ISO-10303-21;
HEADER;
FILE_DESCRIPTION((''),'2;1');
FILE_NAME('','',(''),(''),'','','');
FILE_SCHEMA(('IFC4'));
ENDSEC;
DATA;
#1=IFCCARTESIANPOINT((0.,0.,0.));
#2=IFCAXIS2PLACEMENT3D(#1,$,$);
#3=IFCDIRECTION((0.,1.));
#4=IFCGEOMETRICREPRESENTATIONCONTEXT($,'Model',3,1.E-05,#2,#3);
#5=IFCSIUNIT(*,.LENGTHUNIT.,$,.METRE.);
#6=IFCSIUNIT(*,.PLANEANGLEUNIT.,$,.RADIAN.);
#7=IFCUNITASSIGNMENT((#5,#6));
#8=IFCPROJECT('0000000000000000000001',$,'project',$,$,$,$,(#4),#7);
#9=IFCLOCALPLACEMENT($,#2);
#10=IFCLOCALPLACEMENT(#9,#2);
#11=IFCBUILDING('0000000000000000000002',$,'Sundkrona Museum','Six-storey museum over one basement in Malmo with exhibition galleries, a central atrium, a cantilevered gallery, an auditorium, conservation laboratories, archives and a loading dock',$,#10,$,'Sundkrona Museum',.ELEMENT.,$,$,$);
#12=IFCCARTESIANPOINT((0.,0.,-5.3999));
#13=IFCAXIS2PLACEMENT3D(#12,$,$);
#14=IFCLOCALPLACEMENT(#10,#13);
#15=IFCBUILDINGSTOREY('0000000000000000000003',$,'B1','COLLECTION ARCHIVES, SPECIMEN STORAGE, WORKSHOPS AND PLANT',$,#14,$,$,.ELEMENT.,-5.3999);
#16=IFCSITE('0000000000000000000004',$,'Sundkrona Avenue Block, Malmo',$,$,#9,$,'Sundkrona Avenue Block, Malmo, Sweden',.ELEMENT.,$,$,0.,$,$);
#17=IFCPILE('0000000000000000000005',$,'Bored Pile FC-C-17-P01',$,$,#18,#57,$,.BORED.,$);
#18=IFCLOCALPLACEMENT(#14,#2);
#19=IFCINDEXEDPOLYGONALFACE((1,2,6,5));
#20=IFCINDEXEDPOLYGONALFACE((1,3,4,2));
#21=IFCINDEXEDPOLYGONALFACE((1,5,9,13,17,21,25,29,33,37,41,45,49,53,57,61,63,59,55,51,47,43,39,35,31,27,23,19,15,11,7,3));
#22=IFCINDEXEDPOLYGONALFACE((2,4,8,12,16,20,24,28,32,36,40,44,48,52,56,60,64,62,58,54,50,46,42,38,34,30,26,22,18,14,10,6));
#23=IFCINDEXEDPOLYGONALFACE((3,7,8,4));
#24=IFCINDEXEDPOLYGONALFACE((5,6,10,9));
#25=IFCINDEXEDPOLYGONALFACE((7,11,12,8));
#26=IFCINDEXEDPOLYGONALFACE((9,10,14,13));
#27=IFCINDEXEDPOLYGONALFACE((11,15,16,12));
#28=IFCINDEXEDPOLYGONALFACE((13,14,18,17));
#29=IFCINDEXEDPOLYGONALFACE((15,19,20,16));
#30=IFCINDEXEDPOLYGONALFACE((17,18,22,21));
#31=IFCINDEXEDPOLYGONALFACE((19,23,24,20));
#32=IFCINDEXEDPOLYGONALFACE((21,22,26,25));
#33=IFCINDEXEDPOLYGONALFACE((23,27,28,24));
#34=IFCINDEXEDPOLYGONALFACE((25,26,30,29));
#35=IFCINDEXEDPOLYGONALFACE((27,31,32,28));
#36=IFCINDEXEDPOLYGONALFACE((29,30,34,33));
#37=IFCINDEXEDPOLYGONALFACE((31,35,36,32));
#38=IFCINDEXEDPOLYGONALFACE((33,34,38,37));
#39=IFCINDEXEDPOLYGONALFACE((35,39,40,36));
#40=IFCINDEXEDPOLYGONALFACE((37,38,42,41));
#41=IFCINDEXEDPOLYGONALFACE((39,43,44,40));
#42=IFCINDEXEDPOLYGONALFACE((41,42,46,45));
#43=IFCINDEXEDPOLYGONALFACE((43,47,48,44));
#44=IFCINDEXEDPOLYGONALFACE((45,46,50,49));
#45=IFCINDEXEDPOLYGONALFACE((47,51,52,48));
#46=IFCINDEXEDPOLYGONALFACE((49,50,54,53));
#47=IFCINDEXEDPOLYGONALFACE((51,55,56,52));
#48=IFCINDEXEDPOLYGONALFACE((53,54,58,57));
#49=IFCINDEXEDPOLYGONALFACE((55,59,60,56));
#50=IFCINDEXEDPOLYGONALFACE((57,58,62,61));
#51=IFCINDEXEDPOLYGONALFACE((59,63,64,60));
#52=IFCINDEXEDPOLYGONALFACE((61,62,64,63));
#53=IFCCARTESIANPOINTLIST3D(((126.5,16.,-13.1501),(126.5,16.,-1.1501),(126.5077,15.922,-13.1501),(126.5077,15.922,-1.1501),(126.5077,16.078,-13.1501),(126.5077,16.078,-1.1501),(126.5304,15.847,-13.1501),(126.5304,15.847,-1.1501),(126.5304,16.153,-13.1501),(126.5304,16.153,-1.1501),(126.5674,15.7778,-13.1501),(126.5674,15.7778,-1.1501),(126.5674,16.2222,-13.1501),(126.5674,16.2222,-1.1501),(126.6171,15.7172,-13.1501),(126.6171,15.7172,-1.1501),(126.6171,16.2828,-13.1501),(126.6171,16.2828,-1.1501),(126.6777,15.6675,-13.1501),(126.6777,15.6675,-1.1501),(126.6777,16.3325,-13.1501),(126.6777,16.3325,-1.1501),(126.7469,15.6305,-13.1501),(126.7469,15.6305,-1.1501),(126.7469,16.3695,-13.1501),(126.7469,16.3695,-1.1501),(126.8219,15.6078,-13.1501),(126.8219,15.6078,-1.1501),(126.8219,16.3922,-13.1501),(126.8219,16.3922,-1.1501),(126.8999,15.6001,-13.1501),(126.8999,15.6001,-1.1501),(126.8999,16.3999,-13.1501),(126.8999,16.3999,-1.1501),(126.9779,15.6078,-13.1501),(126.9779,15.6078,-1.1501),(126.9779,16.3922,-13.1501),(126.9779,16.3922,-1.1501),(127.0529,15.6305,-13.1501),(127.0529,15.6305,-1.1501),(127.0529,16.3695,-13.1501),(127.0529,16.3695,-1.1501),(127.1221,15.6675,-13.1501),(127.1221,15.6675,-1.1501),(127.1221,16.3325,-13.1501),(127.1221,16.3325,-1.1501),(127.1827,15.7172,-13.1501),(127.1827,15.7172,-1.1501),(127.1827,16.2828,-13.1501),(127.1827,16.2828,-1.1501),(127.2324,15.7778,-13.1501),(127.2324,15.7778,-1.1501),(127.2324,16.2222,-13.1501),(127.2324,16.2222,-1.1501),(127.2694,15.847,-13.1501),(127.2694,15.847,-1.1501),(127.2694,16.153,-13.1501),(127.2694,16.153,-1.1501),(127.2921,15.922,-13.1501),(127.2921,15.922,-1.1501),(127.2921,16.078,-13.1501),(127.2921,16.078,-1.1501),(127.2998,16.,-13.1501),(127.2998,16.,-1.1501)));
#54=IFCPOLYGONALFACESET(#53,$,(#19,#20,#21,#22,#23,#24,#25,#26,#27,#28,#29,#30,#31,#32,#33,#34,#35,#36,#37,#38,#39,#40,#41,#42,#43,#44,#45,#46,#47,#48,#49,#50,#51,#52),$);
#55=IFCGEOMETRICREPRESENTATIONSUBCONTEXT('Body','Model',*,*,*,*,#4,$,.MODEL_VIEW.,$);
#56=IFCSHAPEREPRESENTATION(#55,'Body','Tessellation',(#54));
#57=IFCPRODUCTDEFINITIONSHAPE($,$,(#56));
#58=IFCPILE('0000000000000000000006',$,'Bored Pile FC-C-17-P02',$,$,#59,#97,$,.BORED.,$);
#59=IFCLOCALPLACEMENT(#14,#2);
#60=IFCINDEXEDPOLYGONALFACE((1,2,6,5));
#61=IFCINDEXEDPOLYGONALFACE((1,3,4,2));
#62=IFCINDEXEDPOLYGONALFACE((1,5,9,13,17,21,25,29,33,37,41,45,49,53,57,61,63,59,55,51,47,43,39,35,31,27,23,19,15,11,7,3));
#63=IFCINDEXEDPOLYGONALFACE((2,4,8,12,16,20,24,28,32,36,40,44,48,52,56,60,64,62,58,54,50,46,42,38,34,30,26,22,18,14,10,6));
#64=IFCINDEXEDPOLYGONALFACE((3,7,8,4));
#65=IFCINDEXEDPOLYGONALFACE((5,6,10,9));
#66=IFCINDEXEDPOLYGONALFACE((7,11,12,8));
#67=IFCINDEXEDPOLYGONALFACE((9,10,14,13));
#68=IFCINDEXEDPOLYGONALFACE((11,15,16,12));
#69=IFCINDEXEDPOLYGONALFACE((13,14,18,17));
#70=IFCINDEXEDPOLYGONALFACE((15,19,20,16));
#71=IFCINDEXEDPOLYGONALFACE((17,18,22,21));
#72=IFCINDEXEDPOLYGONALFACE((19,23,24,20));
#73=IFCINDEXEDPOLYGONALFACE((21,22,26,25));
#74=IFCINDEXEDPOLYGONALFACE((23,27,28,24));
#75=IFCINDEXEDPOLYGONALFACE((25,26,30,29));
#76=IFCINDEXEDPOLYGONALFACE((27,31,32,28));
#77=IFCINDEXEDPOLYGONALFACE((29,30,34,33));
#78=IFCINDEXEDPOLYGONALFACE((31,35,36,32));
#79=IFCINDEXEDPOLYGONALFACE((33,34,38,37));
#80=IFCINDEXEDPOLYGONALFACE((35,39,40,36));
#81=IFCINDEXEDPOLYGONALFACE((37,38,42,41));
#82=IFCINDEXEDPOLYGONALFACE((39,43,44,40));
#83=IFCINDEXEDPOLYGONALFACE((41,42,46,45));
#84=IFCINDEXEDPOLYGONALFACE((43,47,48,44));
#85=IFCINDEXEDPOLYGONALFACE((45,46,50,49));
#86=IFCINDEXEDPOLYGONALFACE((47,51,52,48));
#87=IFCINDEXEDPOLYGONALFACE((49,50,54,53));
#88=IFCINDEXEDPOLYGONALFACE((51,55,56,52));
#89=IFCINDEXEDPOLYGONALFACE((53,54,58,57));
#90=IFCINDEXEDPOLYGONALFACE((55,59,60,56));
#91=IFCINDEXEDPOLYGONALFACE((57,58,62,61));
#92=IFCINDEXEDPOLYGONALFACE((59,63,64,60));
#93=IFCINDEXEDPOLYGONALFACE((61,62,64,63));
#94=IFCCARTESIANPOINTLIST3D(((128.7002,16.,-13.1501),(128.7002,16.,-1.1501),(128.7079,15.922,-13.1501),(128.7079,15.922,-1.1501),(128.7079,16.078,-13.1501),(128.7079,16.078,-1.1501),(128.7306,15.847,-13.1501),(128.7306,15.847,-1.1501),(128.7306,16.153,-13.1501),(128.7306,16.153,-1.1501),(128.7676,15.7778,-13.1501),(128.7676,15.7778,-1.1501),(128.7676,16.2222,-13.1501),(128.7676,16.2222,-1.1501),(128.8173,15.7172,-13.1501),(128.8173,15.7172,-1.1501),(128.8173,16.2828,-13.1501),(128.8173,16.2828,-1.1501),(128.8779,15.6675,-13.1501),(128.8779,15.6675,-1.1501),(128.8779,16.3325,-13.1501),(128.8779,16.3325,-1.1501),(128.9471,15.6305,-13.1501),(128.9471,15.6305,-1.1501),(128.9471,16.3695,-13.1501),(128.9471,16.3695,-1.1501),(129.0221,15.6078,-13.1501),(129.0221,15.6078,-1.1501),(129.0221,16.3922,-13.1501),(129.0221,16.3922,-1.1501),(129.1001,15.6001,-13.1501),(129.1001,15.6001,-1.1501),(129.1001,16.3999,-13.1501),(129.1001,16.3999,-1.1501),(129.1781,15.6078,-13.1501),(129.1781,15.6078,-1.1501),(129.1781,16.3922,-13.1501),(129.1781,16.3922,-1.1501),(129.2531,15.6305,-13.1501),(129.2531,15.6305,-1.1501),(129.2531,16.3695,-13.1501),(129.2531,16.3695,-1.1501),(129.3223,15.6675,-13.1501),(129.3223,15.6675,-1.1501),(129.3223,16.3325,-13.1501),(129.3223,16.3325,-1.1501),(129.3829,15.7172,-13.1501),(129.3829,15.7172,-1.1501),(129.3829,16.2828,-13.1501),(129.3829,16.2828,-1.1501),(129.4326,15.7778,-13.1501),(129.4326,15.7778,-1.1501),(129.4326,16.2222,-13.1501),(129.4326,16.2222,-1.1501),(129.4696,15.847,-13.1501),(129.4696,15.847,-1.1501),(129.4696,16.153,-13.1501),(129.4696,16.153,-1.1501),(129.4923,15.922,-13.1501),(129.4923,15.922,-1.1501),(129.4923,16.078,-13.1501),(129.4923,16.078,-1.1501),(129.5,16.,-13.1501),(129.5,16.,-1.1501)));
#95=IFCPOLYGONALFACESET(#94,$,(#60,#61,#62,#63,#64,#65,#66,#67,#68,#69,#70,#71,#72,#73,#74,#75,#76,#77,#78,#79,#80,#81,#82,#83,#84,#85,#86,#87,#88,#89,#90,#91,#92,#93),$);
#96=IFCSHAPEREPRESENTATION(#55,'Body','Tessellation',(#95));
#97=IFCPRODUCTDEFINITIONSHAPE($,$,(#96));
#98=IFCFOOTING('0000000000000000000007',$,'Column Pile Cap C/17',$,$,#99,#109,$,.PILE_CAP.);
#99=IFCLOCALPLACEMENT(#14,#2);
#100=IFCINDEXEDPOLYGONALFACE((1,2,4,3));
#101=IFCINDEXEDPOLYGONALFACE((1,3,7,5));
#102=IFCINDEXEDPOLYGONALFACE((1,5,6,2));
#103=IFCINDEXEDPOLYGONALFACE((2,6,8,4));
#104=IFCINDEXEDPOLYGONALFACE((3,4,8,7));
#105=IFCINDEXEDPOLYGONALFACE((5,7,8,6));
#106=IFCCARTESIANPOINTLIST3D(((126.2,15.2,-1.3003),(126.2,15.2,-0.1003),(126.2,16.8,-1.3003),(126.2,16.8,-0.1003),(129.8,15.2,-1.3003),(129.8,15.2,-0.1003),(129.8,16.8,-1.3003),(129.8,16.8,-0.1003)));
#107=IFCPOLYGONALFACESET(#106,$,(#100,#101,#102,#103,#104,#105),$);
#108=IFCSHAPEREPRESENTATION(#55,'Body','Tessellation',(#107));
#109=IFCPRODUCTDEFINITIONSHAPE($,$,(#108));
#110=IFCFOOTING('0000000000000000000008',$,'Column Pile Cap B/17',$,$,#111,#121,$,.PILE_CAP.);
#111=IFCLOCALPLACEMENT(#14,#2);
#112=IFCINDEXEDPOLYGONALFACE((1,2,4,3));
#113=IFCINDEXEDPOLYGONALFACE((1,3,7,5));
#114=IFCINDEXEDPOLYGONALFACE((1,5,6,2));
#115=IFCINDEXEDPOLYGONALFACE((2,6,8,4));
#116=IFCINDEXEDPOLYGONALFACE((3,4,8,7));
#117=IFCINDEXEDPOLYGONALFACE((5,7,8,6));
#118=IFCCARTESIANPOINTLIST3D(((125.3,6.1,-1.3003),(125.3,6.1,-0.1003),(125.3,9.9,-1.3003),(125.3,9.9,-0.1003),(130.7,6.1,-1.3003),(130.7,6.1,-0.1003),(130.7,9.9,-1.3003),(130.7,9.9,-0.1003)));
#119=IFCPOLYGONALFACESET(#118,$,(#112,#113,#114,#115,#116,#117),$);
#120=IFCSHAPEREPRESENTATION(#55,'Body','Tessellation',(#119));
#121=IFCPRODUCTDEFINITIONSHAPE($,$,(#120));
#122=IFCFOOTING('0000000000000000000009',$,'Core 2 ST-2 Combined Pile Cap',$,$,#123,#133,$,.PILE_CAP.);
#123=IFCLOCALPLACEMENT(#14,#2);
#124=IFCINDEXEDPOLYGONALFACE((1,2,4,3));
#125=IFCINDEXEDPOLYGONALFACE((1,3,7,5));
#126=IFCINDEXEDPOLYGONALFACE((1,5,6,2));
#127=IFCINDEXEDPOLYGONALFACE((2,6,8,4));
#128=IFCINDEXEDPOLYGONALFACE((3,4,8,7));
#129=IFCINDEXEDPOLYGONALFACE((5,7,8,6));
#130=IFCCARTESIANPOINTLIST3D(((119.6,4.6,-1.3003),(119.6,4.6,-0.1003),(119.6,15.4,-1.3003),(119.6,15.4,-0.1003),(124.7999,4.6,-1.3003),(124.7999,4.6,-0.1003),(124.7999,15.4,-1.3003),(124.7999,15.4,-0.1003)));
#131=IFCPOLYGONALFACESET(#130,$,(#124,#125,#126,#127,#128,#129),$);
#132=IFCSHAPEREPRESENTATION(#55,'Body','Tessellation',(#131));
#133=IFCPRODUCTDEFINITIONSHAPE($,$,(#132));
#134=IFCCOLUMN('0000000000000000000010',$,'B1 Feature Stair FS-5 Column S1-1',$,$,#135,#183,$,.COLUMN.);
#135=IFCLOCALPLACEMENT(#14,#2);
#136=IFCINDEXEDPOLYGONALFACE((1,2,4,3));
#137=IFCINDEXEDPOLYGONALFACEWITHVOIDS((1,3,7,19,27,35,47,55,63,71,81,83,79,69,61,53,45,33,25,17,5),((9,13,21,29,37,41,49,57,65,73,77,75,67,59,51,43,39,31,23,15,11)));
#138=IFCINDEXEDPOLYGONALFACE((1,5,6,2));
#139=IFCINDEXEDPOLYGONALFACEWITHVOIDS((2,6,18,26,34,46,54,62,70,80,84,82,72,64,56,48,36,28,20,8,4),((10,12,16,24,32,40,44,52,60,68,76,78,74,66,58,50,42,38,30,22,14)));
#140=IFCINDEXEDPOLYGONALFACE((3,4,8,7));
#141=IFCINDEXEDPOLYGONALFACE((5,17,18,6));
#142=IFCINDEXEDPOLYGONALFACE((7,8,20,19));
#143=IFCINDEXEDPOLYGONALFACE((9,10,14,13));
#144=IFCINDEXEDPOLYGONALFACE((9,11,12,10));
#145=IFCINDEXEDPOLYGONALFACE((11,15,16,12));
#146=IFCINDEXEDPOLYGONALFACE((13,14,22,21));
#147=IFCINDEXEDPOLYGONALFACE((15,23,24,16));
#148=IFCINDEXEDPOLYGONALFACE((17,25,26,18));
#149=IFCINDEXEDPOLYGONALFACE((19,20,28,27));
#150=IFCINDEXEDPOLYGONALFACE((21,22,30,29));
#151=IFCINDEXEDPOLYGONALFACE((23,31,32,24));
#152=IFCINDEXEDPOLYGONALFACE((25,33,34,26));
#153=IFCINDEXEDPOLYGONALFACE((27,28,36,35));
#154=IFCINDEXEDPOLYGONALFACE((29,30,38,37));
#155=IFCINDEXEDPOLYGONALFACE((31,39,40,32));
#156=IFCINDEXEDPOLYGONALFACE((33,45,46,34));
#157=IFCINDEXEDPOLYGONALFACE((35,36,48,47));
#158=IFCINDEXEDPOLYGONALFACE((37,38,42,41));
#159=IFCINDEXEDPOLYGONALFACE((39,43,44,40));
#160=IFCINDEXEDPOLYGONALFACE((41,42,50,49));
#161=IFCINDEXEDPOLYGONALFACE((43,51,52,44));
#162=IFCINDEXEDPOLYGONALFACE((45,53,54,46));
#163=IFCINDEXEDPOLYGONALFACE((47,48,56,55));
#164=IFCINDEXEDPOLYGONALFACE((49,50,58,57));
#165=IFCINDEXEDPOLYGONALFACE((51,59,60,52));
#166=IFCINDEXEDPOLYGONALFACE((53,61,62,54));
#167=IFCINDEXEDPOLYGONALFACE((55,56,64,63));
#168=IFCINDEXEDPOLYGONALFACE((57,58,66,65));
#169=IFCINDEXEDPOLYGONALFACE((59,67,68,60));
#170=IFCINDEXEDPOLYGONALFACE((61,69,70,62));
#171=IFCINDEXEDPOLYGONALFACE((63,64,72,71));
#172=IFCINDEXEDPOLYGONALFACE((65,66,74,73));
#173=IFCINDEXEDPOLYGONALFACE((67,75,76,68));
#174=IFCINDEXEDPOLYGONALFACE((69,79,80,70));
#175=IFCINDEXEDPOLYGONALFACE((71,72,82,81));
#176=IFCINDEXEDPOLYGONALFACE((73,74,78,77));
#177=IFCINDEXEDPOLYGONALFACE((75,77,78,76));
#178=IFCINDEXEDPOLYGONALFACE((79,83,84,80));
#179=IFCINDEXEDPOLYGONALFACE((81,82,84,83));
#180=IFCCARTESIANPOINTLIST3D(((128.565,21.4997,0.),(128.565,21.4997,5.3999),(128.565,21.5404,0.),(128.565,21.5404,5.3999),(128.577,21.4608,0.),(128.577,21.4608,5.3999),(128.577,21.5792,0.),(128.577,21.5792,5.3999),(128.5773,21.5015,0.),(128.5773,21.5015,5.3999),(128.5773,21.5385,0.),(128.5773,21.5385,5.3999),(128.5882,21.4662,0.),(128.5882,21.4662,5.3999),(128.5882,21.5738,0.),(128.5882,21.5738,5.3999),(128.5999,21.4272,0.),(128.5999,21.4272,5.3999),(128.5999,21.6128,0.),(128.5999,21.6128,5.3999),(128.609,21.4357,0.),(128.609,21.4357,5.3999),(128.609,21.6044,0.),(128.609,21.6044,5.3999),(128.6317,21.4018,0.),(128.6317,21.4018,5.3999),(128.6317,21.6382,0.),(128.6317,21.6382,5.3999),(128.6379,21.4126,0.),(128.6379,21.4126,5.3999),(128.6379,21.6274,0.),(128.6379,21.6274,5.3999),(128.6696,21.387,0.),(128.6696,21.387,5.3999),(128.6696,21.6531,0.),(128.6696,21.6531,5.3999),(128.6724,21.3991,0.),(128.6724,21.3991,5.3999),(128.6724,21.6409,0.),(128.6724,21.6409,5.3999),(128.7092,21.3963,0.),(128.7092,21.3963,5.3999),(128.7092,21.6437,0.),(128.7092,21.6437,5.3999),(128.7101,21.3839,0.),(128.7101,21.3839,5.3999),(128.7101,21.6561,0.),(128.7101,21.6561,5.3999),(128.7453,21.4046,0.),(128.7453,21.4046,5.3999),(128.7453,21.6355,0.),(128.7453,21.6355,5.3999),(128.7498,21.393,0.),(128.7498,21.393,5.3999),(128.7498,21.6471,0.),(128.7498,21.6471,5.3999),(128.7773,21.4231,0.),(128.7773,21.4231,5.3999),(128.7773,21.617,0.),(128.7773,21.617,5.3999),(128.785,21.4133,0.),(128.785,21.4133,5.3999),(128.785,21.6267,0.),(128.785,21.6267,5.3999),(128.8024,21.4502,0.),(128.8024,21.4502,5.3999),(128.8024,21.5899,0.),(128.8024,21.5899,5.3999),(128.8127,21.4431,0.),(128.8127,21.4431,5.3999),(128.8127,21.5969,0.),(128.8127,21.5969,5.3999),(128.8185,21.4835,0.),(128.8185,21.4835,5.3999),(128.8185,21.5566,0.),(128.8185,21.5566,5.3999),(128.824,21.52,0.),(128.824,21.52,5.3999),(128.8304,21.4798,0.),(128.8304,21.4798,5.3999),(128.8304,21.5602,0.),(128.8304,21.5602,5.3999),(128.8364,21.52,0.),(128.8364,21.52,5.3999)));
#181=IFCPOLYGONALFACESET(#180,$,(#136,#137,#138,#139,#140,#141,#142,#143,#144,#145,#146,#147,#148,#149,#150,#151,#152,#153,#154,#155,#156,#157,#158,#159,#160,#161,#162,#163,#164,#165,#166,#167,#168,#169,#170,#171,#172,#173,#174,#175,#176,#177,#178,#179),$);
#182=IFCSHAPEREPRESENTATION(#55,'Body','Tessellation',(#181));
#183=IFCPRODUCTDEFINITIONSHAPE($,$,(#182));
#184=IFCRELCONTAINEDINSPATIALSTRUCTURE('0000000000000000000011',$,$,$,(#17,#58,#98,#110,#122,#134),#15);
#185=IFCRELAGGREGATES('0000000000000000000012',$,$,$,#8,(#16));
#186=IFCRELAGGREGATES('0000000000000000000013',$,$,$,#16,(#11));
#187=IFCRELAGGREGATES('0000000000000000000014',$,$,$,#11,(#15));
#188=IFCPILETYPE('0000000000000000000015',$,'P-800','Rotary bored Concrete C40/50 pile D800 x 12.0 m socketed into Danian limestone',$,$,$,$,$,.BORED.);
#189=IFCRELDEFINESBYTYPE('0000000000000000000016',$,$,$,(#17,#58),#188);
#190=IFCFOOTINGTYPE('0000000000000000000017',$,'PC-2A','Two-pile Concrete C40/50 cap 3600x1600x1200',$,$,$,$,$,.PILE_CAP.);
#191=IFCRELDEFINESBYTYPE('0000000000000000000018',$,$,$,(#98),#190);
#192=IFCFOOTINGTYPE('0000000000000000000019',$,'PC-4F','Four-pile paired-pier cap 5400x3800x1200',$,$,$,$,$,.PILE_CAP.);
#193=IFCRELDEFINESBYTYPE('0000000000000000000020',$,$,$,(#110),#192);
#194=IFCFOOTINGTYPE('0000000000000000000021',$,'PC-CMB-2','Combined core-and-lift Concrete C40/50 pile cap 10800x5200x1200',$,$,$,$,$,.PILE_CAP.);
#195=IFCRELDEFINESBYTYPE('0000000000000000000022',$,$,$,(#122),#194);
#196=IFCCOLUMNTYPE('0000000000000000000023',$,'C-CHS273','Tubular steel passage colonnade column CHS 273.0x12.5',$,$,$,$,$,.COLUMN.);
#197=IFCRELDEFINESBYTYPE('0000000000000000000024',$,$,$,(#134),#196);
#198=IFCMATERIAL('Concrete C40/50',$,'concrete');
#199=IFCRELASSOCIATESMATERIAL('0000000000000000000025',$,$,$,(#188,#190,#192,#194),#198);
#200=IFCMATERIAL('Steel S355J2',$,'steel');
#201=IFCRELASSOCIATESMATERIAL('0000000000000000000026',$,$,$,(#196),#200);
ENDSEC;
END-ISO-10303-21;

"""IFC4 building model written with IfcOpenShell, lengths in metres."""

from ifc_helpers import new_model, si_unit, direction, frame, origin, origin_2d, place, context, subcontext, project, spatial, rectangle, circle, hollow_circle, extrude, material, material_profile, profile_set, type_object, element, save


model = new_model("IFC4")

# Units and contexts
model_context = context("Model", 3, precision=1e-05, world=origin(), true_north=direction((0.0, 1.0)))
body_context = subcontext(model_context, "Body", "Model", "MODEL_VIEW")
ifc_project = project(units=[si_unit("LENGTHUNIT", "METRE"), si_unit("PLANEANGLEUNIT", "RADIAN")], contexts=[model_context])

# Site, building, storey
site_placement = place(None, origin())
site = spatial("IfcSite", under=ifc_project, at=site_placement, Name="Sundkrona Avenue Block, Malmo", LongName="Sundkrona Avenue Block, Malmo, Sweden", CompositionType="ELEMENT", RefElevation=0.0)
building_placement = place(site_placement, origin())
building = spatial("IfcBuilding", under=site, at=building_placement, Name="Sundkrona Museum", Description="Six-storey museum over one basement in Malmo with exhibition galleries, a central atrium, a cantilevered gallery, an auditorium, conservation laboratories, archives and a loading dock", LongName="Sundkrona Museum", CompositionType="ELEMENT")
storey_placement = place(building_placement, frame((0.0, 0.0, -5.3999)))
storey = spatial("IfcBuildingStorey", under=building, at=storey_placement, Name="B1", Description="COLLECTION ARCHIVES, SPECIMEN STORAGE, WORKSHOPS AND PLANT", CompositionType="ELEMENT", Elevation=-5.3999)

# Shared definitions
ifc_material_1 = material(Name="Concrete C40/50", Category="concrete")

# Piles
ifc_material_profile_1 = material_profile(ifc_material_1, circle(Radius=0.3999, at=origin_2d()), Name="PILE D800")
ifc_profile_set_1 = profile_set([ifc_material_profile_1], Name="Concrete C40/50")
pile_type_1 = type_object("IfcPileType", Name="P-800", Description="Rotary bored Concrete C40/50 pile D800 x 12.0 m socketed into Danian limestone", PredefinedType="BORED", material=ifc_profile_set_1)
for number, where, z_axis, x_axis, name in (
    (1, (126.8999, 16.0, -1.1501), (0.0, 0.0, -1.0), (1.0, 0.0, 0.0), "Bored Pile FC-C-17-P01"),
    (2, (129.1001, 16.0, -1.1501), (0.0, 0.0, -1.0), (1.0, 0.0, 0.0), "Bored Pile FC-C-17-P02"),
):
    element("IfcPile", number, at=place(storey_placement, frame(where, z_axis=z_axis, x_axis=x_axis)), inside=storey, type_object=pile_type_1, Name=name, PredefinedType="BORED", context=body_context, shape_type="SweptSolid", body=[
        extrude(circle(Radius=0.3999, at=origin_2d()), origin(), (0.0, 0.0, 1.0), 12.0),
    ])

# Footings
footing_type_1 = type_object("IfcFootingType", Name="PC-2A", Description="Two-pile Concrete C40/50 cap 3600x1600x1200", PredefinedType="PILE_CAP", material=ifc_material_1)
footing_1_placement = place(storey_placement, frame((128.0, 16.0, -1.3003), z_axis=(0.0, 0.0, 1.0), x_axis=(1.0, 0.0, 0.0)))
element("IfcFooting", 3, at=footing_1_placement, inside=storey, type_object=footing_type_1, Name="Column Pile Cap C/17", PredefinedType="PILE_CAP", context=body_context, shape_type="SweptSolid", body=[
    extrude(rectangle(XDim=3.6001, YDim=1.6001, at=origin_2d()), origin(), (0.0, 0.0, 1.0), 1.2),
])
footing_type_2 = type_object("IfcFootingType", Name="PC-4F", Description="Four-pile paired-pier cap 5400x3800x1200", PredefinedType="PILE_CAP", material=ifc_material_1)
footing_2_placement = place(storey_placement, frame((128.0, 8.0, -1.3003), z_axis=(0.0, 0.0, 1.0), x_axis=(1.0, 0.0, 0.0)))
element("IfcFooting", 4, at=footing_2_placement, inside=storey, type_object=footing_type_2, Name="Column Pile Cap B/17", PredefinedType="PILE_CAP", context=body_context, shape_type="SweptSolid", body=[
    extrude(rectangle(XDim=5.3999, YDim=3.8, at=origin_2d()), origin(), (0.0, 0.0, 1.0), 1.2),
])
footing_type_3 = type_object("IfcFootingType", Name="PC-CMB-2", Description="Combined core-and-lift Concrete C40/50 pile cap 10800x5200x1200", PredefinedType="PILE_CAP", material=ifc_material_1)
footing_3_placement = place(storey_placement, frame((122.2, 10.0, -1.3003), z_axis=(0.0, 0.0, 1.0), x_axis=(0.0, 1.0, 0.0)))
element("IfcFooting", 5, at=footing_3_placement, inside=storey, type_object=footing_type_3, Name="Core 2 ST-2 Combined Pile Cap", PredefinedType="PILE_CAP", context=body_context, shape_type="SweptSolid", body=[
    extrude(rectangle(XDim=10.8, YDim=5.2, at=origin_2d()), origin(), (0.0, 0.0, 1.0), 1.2),
])

# Column
ifc_material_2 = material(Name="Steel S355J2", Category="steel")
ifc_material_profile_2 = material_profile(ifc_material_2, hollow_circle(Radius=0.1365, WallThickness=0.0125, at=origin_2d()), Name="CHS 273.0x12.5")
ifc_profile_set_2 = profile_set([ifc_material_profile_2], Name="Steel S355J2")
column_type_1 = type_object("IfcColumnType", Name="C-CHS273", Description="Tubular steel passage colonnade column CHS 273.0x12.5", PredefinedType="COLUMN", material=ifc_profile_set_2)
for number, where, z_axis, x_axis, name in (
    (6, (128.7, 21.52, 0.0), (0.0, 0.0, 1.0), (1.0, 0.0, 0.0), "B1 Feature Stair FS-5 Column S1-1"),
):
    element("IfcColumn", number, at=place(storey_placement, frame(where, z_axis=z_axis, x_axis=x_axis)), inside=storey, type_object=column_type_1, Name=name, PredefinedType="COLUMN", context=body_context, shape_type="SweptSolid", body=[
        extrude(hollow_circle(Radius=0.1365, WallThickness=0.0125, at=origin_2d()), origin(), (0.0, 0.0, 1.0), 5.3999),
    ])

save(model, "model.ifc")
